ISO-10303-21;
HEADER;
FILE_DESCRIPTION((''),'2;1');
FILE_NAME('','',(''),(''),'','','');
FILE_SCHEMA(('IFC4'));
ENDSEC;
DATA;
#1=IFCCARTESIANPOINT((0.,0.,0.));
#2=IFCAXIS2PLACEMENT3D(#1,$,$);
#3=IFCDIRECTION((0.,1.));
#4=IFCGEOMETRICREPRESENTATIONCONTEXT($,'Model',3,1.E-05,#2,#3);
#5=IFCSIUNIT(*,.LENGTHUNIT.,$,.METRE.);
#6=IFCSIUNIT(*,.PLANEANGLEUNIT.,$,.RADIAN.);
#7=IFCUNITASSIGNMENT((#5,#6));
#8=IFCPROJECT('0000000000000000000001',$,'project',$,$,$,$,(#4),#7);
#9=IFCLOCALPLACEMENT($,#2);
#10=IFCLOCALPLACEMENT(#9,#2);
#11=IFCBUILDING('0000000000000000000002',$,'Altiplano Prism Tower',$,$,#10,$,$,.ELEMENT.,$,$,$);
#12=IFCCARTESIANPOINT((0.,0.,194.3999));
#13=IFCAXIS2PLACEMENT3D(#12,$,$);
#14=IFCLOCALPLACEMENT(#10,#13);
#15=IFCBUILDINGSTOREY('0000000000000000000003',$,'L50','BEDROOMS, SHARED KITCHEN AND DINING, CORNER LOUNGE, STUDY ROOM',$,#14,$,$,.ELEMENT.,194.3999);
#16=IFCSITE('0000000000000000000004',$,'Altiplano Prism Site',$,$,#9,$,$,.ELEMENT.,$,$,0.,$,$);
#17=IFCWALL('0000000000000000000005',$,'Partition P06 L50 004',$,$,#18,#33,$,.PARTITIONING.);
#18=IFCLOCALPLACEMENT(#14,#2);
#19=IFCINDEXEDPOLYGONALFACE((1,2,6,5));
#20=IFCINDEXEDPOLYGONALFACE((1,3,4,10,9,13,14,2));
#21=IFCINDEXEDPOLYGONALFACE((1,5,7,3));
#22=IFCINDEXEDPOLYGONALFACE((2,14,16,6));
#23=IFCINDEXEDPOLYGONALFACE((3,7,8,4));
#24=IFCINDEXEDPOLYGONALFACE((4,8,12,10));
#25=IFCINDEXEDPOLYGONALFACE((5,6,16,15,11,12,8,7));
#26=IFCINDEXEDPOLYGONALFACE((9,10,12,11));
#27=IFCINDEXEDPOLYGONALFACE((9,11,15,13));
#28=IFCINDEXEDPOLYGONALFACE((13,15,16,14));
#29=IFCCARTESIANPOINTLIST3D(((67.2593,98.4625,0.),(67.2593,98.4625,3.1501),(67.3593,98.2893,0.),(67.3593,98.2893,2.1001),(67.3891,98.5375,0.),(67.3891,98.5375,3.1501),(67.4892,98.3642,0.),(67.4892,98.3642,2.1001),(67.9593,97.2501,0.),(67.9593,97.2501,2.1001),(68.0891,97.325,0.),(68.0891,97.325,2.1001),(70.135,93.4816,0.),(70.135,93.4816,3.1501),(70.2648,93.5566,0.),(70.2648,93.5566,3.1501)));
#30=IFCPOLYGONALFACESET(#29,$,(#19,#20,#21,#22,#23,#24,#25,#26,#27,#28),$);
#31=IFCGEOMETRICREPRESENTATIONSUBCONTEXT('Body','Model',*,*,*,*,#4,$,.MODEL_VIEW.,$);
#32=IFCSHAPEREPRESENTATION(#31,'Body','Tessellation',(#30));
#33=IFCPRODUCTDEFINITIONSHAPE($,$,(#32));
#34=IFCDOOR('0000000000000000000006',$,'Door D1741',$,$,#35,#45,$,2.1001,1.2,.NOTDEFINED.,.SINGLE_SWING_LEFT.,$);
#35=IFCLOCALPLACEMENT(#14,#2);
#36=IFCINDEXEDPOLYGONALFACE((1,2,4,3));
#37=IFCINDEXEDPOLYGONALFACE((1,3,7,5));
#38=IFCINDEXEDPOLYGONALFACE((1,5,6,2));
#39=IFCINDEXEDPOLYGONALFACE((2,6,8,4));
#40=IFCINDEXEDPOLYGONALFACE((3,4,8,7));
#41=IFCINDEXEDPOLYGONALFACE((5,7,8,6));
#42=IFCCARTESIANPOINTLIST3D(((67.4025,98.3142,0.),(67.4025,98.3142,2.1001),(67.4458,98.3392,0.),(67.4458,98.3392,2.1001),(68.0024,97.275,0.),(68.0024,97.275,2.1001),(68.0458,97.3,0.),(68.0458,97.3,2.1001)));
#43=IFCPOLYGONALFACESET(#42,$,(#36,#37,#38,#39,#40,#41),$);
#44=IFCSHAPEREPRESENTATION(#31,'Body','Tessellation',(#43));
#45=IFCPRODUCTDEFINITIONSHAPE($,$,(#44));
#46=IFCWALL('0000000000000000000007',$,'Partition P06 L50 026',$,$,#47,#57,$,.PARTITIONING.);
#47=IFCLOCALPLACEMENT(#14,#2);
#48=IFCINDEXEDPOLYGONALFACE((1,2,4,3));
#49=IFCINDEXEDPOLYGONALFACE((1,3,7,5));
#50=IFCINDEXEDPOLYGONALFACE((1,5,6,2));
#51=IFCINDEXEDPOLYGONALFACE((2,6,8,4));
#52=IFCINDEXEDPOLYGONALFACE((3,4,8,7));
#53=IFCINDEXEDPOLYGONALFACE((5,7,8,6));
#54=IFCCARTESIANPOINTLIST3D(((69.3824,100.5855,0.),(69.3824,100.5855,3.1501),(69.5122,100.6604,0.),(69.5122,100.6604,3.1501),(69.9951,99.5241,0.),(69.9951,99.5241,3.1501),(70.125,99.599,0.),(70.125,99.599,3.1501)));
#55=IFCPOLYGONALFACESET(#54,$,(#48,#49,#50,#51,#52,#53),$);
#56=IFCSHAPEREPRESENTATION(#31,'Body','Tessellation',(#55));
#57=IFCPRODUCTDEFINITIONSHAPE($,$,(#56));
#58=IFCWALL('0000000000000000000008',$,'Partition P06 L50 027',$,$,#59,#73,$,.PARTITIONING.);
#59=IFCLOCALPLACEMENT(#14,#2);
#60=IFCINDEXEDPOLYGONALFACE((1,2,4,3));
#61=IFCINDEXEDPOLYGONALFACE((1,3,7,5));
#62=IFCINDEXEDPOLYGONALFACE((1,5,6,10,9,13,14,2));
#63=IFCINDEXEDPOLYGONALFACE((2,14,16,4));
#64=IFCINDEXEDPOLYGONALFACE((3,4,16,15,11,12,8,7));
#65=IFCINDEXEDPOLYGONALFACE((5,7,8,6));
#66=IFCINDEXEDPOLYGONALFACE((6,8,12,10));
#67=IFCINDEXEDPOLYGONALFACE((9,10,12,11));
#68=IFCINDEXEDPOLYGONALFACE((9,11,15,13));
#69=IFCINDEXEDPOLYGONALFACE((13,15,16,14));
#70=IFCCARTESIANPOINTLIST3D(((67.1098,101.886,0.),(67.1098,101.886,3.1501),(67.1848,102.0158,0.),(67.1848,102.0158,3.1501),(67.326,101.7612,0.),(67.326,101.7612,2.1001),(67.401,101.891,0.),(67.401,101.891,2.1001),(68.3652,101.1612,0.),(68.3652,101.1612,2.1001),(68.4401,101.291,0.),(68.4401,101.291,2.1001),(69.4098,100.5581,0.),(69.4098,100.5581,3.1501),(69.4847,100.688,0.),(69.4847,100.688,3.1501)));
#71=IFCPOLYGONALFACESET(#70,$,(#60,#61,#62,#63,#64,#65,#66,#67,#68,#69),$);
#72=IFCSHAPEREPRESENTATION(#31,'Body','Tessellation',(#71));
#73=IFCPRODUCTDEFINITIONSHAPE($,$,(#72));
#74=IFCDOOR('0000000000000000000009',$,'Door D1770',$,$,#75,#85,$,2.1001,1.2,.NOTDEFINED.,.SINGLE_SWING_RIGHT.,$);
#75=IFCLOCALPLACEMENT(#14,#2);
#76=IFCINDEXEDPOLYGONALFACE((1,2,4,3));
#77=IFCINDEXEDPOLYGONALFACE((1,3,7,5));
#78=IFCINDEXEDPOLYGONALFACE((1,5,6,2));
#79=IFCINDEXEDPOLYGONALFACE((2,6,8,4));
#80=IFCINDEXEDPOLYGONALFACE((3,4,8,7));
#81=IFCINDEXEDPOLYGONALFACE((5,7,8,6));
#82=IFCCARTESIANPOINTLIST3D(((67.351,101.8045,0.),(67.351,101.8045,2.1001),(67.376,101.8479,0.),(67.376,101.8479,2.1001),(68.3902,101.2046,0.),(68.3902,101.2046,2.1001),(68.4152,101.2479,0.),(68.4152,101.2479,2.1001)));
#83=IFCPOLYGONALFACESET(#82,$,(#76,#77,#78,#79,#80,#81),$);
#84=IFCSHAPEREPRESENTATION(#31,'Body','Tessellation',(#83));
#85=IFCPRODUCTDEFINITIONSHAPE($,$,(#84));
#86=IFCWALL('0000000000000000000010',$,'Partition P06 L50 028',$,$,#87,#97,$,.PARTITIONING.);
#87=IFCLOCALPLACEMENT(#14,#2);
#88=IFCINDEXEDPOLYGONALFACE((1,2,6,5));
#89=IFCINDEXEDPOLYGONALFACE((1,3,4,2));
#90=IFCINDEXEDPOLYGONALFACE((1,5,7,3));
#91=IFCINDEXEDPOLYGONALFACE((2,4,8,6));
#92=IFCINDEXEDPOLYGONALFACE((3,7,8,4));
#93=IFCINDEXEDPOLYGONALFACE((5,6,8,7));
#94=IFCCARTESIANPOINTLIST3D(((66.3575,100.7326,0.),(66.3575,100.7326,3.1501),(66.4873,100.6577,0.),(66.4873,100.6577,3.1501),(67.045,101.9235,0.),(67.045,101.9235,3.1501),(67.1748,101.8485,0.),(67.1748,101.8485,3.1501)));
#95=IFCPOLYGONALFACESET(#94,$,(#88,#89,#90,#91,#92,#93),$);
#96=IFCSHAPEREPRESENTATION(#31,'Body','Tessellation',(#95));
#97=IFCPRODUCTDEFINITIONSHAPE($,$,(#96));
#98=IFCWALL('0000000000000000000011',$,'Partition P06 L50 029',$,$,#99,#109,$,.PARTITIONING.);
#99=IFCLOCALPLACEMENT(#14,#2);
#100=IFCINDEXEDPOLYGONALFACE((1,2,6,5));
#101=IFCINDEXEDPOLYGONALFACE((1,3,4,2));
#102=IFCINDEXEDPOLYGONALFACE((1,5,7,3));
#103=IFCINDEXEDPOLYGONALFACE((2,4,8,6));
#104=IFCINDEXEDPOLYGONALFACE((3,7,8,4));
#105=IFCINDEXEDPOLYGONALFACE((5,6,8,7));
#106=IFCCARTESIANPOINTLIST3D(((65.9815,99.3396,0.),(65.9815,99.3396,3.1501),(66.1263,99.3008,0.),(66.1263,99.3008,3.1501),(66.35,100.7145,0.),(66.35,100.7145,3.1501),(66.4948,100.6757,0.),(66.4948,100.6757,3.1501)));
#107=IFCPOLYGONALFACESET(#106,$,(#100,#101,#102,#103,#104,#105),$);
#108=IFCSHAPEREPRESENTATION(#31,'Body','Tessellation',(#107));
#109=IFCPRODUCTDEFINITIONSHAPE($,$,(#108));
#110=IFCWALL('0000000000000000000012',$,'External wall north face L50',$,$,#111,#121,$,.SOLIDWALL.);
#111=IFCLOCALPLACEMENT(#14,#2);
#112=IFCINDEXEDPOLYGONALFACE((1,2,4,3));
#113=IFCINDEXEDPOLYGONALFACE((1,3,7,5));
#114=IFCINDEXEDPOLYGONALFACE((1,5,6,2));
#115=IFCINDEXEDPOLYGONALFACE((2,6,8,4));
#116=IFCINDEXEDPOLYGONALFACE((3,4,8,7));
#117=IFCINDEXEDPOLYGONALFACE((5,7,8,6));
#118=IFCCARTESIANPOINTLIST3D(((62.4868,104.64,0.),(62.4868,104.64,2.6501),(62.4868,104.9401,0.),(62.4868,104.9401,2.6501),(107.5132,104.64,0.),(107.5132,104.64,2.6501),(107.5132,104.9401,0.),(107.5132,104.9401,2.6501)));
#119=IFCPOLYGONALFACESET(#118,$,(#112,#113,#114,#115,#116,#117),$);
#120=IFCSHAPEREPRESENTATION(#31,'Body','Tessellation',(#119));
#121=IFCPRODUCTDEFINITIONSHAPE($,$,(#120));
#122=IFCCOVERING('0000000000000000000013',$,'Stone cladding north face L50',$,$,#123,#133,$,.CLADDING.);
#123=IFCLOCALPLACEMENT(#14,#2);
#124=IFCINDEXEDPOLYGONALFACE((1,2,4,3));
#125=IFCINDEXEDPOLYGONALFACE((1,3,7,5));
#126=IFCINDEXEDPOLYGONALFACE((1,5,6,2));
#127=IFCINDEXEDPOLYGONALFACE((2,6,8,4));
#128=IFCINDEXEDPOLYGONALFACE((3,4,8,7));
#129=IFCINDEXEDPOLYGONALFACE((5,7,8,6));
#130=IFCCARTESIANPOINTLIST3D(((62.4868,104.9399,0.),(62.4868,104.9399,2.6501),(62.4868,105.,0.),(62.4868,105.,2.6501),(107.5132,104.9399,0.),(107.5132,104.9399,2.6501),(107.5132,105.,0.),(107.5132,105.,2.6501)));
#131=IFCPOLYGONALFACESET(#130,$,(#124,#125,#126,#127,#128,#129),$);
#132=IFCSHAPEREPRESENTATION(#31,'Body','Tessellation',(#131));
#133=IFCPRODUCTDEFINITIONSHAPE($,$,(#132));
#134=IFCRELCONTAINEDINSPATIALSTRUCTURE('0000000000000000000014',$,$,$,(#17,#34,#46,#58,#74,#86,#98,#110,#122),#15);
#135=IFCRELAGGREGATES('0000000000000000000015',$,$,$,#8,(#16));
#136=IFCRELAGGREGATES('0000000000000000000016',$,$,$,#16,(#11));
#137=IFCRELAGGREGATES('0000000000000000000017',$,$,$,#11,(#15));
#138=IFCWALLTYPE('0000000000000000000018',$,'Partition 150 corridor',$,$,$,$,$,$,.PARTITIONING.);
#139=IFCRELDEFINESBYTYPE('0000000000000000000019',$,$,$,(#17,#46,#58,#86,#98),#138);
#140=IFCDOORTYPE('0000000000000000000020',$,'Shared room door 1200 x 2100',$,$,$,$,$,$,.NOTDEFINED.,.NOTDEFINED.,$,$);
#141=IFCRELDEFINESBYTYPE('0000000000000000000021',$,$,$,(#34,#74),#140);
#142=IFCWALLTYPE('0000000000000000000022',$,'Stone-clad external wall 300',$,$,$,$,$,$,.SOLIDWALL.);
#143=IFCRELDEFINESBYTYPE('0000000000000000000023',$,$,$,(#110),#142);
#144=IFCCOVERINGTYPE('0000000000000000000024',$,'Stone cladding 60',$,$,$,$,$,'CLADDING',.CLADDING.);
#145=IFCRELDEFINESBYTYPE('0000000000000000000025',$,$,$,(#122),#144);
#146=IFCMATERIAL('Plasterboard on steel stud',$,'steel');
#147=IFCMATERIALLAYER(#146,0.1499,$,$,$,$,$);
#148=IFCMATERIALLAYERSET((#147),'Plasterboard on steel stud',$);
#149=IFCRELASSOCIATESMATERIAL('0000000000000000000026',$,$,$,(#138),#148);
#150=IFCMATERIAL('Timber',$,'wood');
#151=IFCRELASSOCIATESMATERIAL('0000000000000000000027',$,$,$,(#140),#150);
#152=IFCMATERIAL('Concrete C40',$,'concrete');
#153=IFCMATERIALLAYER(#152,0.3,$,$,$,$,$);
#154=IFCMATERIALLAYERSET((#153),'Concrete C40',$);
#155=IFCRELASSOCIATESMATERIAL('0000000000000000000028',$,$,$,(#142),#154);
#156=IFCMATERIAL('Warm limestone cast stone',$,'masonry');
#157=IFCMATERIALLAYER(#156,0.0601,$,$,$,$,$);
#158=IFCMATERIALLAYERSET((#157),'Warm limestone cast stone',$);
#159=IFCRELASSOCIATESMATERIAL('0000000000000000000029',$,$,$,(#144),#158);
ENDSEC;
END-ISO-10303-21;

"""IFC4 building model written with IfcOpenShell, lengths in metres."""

from ifc_helpers import new_model, si_unit, direction, frame, frame_2d, origin, place, context, subcontext, project, spatial, rectangle, extrude, material, layer, layer_set, type_object, element, fill, save


model = new_model("IFC4")

# Units and contexts
model_context = context("Model", 3, precision=1e-05, world=origin(), true_north=direction((0.0, 1.0)))
body_context = subcontext(model_context, "Body", "Model", "MODEL_VIEW")
ifc_project = project(units=[si_unit("LENGTHUNIT", "METRE"), si_unit("PLANEANGLEUNIT", "RADIAN")], contexts=[model_context])

# Site, building, storey
site_placement = place(None, origin())
site = spatial("IfcSite", under=ifc_project, at=site_placement, Name="Altiplano Prism Site", CompositionType="ELEMENT", RefElevation=0.0)
building_placement = place(site_placement, origin())
building = spatial("IfcBuilding", under=site, at=building_placement, Name="Altiplano Prism Tower", CompositionType="ELEMENT")
storey_placement = place(building_placement, frame((0.0, 0.0, 194.3999)))
storey = spatial("IfcBuildingStorey", under=building, at=storey_placement, Name="L50", Description="BEDROOMS, SHARED KITCHEN AND DINING, CORNER LOUNGE, STUDY ROOM", CompositionType="ELEMENT", Elevation=194.3999)

# Shared definitions
ifc_material_1 = material(Name="Plasterboard on steel stud", Category="steel")
ifc_layer_1 = layer(ifc_material_1, 0.1499)
ifc_layer_set_1 = layer_set([ifc_layer_1], Name="Plasterboard on steel stud")
wall_type_1 = type_object("IfcWallType", Name="Partition 150 corridor", PredefinedType="PARTITIONING", material=ifc_layer_set_1)

# Wall, opening, door
wall_1_placement = place(storey_placement, frame((67.3242, 98.5, 0.0), z_axis=(0.0, 0.0, 1.0), x_axis=(0.499997, -0.866027, 0.0)))
wall_1 = element("IfcWall", 1, at=wall_1_placement, inside=storey, type_object=wall_type_1, Name="Partition P06 L50 004", PredefinedType="PARTITIONING", context=body_context, shape_type="SweptSolid", body=[
    extrude(rectangle(XDim=5.7515, YDim=0.1499, at=frame_2d((2.8757, 0.0))), origin(), (0.0, 0.0, 1.0), 3.1501),
])
opening_1_placement = place(wall_1_placement, frame((0.2, 0.0, 0.0)))
opening_1 = element("IfcOpeningElement", 2, at=opening_1_placement, cuts=wall_1, PredefinedType="OPENING", context=body_context, shape_type="SweptSolid", body=[
    extrude(rectangle(XDim=1.2, YDim=2.1001, at=frame_2d((0.6001, 1.05))), frame((0.0, 0.0854, 0.0), z_axis=(0.0, -1.0, 0.0), x_axis=(1.0, 0.0, 0.0)), (0.0, 0.0, 1.0), 0.1709),
])
ifc_material_2 = material(Name="Timber", Category="wood")
door_type = type_object("IfcDoorType", Name="Shared room door 1200 x 2100", OperationType="NOTDEFINED", PredefinedType="NOTDEFINED", material=ifc_material_2)
door_1_placement = place(opening_1_placement, origin())
door_1 = element("IfcDoor", 3, at=door_1_placement, inside=storey, type_object=door_type, Name="Door D1741", OperationType="SINGLE_SWING_LEFT", OverallHeight=2.1001, OverallWidth=1.2, PredefinedType="NOTDEFINED", context=body_context, shape_type="SweptSolid", body=[
    extrude(rectangle(XDim=1.2, YDim=2.1001, at=frame_2d((0.6001, 1.05))), frame((0.0, 0.0249, 0.0), z_axis=(0.0, -1.0, 0.0), x_axis=(1.0, 0.0, 0.0)), (0.0, 0.0, 1.0), 0.05),
])
fill(opening_1, door_1)

# Wall
wall_2_placement = place(storey_placement, frame((70.0601, 99.5615, 0.0), z_axis=(0.0, 0.0, 1.0), x_axis=(-0.499952, 0.866053, 0.0)))
element("IfcWall", 4, at=wall_2_placement, inside=storey, type_object=wall_type_1, Name="Partition P06 L50 026", PredefinedType="PARTITIONING", context=body_context, shape_type="SweptSolid", body=[
    extrude(rectangle(XDim=1.2256, YDim=0.1499, at=frame_2d((0.6128, 0.0))), origin(), (0.0, 0.0, 1.0), 3.1501),
])

# Wall, opening, door
wall_3_placement = place(storey_placement, frame((69.4473, 100.623, 0.0), z_axis=(0.0, 0.0, 1.0), x_axis=(-0.866034, 0.499985, 0.0)))
wall_3 = element("IfcWall", 5, at=wall_3_placement, inside=storey, type_object=wall_type_1, Name="Partition P06 L50 027", PredefinedType="PARTITIONING", context=body_context, shape_type="SweptSolid", body=[
    extrude(rectangle(XDim=2.6558, YDim=0.1499, at=frame_2d((1.3279, 0.0))), origin(), (0.0, 0.0, 1.0), 3.1501),
])
opening_2_placement = place(wall_3_placement, frame((1.2061, 0.0, 0.0)))
opening_2 = element("IfcOpeningElement", 6, at=opening_2_placement, cuts=wall_3, PredefinedType="OPENING", context=body_context, shape_type="SweptSolid", body=[
    extrude(rectangle(XDim=1.2, YDim=2.1001, at=frame_2d((0.6001, 1.05))), frame((0.0, 0.0854, 0.0), z_axis=(0.0, -1.0, 0.0), x_axis=(1.0, 0.0, 0.0)), (0.0, 0.0, 1.0), 0.1709),
])
door_2_placement = place(opening_2_placement, origin())
door_2 = element("IfcDoor", 7, at=door_2_placement, inside=storey, type_object=door_type, Name="Door D1770", OperationType="SINGLE_SWING_RIGHT", OverallHeight=2.1001, OverallWidth=1.2, PredefinedType="NOTDEFINED", context=body_context, shape_type="SweptSolid", body=[
    extrude(rectangle(XDim=1.2, YDim=2.1001, at=frame_2d((0.6001, 1.05))), frame((0.0, 0.0249, 0.0), z_axis=(0.0, -1.0, 0.0), x_axis=(1.0, 0.0, 0.0)), (0.0, 0.0, 1.0), 0.05),
])
fill(opening_2, door_2)

# Walls
wall_4_placement = place(storey_placement, frame((67.1099, 101.886, 0.0), z_axis=(0.0, 0.0, 1.0), x_axis=(-0.499958, -0.86605, 0.0)))
element("IfcWall", 8, at=wall_4_placement, inside=storey, type_object=wall_type_1, Name="Partition P06 L50 028", PredefinedType="PARTITIONING", context=body_context, shape_type="SweptSolid", body=[
    extrude(rectangle(XDim=1.375, YDim=0.1499, at=frame_2d((0.6875, 0.0))), origin(), (0.0, 0.0, 1.0), 3.1501),
])
wall_5_placement = place(storey_placement, frame((66.4224, 100.6951, 0.0), z_axis=(0.0, 0.0, 1.0), x_axis=(-0.258848, -0.965918, 0.0)))
element("IfcWall", 9, at=wall_5_placement, inside=storey, type_object=wall_type_1, Name="Partition P06 L50 029", PredefinedType="PARTITIONING", context=body_context, shape_type="SweptSolid", body=[
    extrude(rectangle(XDim=1.4233, YDim=0.1499, at=frame_2d((0.7117, 0.0))), origin(), (0.0, 0.0, 1.0), 3.1501),
])
ifc_material_3 = material(Name="Concrete C40", Category="concrete")
ifc_layer_2 = layer(ifc_material_3, 0.3)
ifc_layer_set_2 = layer_set([ifc_layer_2], Name="Concrete C40")
wall_type_2 = type_object("IfcWallType", Name="Stone-clad external wall 300", PredefinedType="SOLIDWALL", material=ifc_layer_set_2)
wall_6_placement = place(storey_placement, frame((62.4868, 104.79, 0.0), z_axis=(0.0, 0.0, 1.0), x_axis=(1.0, 0.0, 0.0)))
element("IfcWall", 10, at=wall_6_placement, inside=storey, type_object=wall_type_2, Name="External wall north face L50", PredefinedType="SOLIDWALL", context=body_context, shape_type="SweptSolid", body=[
    extrude(rectangle(XDim=45.0264, YDim=0.3, at=frame_2d((22.5132, 0.0))), origin(), (0.0, 0.0, 1.0), 2.6501),
])

# Covering
ifc_material_4 = material(Name="Warm limestone cast stone", Category="masonry")
ifc_layer_3 = layer(ifc_material_4, 0.0601)
ifc_layer_set_3 = layer_set([ifc_layer_3], Name="Warm limestone cast stone")
covering_type = type_object("IfcCoveringType", Name="Stone cladding 60", ElementType="CLADDING", PredefinedType="CLADDING", material=ifc_layer_set_3)
covering_placement = place(storey_placement, frame((62.4868, 104.97, 0.0), z_axis=(0.0, 0.0, 1.0), x_axis=(1.0, 0.0, 0.0)))
element("IfcCovering", 11, at=covering_placement, inside=storey, type_object=covering_type, Name="Stone cladding north face L50", PredefinedType="CLADDING", context=body_context, shape_type="SweptSolid", body=[
    extrude(rectangle(XDim=45.0264, YDim=0.0601, at=frame_2d((22.5132, 0.0))), origin(), (0.0, 0.0, 1.0), 2.6501),
])

save(model, "model.ifc")
